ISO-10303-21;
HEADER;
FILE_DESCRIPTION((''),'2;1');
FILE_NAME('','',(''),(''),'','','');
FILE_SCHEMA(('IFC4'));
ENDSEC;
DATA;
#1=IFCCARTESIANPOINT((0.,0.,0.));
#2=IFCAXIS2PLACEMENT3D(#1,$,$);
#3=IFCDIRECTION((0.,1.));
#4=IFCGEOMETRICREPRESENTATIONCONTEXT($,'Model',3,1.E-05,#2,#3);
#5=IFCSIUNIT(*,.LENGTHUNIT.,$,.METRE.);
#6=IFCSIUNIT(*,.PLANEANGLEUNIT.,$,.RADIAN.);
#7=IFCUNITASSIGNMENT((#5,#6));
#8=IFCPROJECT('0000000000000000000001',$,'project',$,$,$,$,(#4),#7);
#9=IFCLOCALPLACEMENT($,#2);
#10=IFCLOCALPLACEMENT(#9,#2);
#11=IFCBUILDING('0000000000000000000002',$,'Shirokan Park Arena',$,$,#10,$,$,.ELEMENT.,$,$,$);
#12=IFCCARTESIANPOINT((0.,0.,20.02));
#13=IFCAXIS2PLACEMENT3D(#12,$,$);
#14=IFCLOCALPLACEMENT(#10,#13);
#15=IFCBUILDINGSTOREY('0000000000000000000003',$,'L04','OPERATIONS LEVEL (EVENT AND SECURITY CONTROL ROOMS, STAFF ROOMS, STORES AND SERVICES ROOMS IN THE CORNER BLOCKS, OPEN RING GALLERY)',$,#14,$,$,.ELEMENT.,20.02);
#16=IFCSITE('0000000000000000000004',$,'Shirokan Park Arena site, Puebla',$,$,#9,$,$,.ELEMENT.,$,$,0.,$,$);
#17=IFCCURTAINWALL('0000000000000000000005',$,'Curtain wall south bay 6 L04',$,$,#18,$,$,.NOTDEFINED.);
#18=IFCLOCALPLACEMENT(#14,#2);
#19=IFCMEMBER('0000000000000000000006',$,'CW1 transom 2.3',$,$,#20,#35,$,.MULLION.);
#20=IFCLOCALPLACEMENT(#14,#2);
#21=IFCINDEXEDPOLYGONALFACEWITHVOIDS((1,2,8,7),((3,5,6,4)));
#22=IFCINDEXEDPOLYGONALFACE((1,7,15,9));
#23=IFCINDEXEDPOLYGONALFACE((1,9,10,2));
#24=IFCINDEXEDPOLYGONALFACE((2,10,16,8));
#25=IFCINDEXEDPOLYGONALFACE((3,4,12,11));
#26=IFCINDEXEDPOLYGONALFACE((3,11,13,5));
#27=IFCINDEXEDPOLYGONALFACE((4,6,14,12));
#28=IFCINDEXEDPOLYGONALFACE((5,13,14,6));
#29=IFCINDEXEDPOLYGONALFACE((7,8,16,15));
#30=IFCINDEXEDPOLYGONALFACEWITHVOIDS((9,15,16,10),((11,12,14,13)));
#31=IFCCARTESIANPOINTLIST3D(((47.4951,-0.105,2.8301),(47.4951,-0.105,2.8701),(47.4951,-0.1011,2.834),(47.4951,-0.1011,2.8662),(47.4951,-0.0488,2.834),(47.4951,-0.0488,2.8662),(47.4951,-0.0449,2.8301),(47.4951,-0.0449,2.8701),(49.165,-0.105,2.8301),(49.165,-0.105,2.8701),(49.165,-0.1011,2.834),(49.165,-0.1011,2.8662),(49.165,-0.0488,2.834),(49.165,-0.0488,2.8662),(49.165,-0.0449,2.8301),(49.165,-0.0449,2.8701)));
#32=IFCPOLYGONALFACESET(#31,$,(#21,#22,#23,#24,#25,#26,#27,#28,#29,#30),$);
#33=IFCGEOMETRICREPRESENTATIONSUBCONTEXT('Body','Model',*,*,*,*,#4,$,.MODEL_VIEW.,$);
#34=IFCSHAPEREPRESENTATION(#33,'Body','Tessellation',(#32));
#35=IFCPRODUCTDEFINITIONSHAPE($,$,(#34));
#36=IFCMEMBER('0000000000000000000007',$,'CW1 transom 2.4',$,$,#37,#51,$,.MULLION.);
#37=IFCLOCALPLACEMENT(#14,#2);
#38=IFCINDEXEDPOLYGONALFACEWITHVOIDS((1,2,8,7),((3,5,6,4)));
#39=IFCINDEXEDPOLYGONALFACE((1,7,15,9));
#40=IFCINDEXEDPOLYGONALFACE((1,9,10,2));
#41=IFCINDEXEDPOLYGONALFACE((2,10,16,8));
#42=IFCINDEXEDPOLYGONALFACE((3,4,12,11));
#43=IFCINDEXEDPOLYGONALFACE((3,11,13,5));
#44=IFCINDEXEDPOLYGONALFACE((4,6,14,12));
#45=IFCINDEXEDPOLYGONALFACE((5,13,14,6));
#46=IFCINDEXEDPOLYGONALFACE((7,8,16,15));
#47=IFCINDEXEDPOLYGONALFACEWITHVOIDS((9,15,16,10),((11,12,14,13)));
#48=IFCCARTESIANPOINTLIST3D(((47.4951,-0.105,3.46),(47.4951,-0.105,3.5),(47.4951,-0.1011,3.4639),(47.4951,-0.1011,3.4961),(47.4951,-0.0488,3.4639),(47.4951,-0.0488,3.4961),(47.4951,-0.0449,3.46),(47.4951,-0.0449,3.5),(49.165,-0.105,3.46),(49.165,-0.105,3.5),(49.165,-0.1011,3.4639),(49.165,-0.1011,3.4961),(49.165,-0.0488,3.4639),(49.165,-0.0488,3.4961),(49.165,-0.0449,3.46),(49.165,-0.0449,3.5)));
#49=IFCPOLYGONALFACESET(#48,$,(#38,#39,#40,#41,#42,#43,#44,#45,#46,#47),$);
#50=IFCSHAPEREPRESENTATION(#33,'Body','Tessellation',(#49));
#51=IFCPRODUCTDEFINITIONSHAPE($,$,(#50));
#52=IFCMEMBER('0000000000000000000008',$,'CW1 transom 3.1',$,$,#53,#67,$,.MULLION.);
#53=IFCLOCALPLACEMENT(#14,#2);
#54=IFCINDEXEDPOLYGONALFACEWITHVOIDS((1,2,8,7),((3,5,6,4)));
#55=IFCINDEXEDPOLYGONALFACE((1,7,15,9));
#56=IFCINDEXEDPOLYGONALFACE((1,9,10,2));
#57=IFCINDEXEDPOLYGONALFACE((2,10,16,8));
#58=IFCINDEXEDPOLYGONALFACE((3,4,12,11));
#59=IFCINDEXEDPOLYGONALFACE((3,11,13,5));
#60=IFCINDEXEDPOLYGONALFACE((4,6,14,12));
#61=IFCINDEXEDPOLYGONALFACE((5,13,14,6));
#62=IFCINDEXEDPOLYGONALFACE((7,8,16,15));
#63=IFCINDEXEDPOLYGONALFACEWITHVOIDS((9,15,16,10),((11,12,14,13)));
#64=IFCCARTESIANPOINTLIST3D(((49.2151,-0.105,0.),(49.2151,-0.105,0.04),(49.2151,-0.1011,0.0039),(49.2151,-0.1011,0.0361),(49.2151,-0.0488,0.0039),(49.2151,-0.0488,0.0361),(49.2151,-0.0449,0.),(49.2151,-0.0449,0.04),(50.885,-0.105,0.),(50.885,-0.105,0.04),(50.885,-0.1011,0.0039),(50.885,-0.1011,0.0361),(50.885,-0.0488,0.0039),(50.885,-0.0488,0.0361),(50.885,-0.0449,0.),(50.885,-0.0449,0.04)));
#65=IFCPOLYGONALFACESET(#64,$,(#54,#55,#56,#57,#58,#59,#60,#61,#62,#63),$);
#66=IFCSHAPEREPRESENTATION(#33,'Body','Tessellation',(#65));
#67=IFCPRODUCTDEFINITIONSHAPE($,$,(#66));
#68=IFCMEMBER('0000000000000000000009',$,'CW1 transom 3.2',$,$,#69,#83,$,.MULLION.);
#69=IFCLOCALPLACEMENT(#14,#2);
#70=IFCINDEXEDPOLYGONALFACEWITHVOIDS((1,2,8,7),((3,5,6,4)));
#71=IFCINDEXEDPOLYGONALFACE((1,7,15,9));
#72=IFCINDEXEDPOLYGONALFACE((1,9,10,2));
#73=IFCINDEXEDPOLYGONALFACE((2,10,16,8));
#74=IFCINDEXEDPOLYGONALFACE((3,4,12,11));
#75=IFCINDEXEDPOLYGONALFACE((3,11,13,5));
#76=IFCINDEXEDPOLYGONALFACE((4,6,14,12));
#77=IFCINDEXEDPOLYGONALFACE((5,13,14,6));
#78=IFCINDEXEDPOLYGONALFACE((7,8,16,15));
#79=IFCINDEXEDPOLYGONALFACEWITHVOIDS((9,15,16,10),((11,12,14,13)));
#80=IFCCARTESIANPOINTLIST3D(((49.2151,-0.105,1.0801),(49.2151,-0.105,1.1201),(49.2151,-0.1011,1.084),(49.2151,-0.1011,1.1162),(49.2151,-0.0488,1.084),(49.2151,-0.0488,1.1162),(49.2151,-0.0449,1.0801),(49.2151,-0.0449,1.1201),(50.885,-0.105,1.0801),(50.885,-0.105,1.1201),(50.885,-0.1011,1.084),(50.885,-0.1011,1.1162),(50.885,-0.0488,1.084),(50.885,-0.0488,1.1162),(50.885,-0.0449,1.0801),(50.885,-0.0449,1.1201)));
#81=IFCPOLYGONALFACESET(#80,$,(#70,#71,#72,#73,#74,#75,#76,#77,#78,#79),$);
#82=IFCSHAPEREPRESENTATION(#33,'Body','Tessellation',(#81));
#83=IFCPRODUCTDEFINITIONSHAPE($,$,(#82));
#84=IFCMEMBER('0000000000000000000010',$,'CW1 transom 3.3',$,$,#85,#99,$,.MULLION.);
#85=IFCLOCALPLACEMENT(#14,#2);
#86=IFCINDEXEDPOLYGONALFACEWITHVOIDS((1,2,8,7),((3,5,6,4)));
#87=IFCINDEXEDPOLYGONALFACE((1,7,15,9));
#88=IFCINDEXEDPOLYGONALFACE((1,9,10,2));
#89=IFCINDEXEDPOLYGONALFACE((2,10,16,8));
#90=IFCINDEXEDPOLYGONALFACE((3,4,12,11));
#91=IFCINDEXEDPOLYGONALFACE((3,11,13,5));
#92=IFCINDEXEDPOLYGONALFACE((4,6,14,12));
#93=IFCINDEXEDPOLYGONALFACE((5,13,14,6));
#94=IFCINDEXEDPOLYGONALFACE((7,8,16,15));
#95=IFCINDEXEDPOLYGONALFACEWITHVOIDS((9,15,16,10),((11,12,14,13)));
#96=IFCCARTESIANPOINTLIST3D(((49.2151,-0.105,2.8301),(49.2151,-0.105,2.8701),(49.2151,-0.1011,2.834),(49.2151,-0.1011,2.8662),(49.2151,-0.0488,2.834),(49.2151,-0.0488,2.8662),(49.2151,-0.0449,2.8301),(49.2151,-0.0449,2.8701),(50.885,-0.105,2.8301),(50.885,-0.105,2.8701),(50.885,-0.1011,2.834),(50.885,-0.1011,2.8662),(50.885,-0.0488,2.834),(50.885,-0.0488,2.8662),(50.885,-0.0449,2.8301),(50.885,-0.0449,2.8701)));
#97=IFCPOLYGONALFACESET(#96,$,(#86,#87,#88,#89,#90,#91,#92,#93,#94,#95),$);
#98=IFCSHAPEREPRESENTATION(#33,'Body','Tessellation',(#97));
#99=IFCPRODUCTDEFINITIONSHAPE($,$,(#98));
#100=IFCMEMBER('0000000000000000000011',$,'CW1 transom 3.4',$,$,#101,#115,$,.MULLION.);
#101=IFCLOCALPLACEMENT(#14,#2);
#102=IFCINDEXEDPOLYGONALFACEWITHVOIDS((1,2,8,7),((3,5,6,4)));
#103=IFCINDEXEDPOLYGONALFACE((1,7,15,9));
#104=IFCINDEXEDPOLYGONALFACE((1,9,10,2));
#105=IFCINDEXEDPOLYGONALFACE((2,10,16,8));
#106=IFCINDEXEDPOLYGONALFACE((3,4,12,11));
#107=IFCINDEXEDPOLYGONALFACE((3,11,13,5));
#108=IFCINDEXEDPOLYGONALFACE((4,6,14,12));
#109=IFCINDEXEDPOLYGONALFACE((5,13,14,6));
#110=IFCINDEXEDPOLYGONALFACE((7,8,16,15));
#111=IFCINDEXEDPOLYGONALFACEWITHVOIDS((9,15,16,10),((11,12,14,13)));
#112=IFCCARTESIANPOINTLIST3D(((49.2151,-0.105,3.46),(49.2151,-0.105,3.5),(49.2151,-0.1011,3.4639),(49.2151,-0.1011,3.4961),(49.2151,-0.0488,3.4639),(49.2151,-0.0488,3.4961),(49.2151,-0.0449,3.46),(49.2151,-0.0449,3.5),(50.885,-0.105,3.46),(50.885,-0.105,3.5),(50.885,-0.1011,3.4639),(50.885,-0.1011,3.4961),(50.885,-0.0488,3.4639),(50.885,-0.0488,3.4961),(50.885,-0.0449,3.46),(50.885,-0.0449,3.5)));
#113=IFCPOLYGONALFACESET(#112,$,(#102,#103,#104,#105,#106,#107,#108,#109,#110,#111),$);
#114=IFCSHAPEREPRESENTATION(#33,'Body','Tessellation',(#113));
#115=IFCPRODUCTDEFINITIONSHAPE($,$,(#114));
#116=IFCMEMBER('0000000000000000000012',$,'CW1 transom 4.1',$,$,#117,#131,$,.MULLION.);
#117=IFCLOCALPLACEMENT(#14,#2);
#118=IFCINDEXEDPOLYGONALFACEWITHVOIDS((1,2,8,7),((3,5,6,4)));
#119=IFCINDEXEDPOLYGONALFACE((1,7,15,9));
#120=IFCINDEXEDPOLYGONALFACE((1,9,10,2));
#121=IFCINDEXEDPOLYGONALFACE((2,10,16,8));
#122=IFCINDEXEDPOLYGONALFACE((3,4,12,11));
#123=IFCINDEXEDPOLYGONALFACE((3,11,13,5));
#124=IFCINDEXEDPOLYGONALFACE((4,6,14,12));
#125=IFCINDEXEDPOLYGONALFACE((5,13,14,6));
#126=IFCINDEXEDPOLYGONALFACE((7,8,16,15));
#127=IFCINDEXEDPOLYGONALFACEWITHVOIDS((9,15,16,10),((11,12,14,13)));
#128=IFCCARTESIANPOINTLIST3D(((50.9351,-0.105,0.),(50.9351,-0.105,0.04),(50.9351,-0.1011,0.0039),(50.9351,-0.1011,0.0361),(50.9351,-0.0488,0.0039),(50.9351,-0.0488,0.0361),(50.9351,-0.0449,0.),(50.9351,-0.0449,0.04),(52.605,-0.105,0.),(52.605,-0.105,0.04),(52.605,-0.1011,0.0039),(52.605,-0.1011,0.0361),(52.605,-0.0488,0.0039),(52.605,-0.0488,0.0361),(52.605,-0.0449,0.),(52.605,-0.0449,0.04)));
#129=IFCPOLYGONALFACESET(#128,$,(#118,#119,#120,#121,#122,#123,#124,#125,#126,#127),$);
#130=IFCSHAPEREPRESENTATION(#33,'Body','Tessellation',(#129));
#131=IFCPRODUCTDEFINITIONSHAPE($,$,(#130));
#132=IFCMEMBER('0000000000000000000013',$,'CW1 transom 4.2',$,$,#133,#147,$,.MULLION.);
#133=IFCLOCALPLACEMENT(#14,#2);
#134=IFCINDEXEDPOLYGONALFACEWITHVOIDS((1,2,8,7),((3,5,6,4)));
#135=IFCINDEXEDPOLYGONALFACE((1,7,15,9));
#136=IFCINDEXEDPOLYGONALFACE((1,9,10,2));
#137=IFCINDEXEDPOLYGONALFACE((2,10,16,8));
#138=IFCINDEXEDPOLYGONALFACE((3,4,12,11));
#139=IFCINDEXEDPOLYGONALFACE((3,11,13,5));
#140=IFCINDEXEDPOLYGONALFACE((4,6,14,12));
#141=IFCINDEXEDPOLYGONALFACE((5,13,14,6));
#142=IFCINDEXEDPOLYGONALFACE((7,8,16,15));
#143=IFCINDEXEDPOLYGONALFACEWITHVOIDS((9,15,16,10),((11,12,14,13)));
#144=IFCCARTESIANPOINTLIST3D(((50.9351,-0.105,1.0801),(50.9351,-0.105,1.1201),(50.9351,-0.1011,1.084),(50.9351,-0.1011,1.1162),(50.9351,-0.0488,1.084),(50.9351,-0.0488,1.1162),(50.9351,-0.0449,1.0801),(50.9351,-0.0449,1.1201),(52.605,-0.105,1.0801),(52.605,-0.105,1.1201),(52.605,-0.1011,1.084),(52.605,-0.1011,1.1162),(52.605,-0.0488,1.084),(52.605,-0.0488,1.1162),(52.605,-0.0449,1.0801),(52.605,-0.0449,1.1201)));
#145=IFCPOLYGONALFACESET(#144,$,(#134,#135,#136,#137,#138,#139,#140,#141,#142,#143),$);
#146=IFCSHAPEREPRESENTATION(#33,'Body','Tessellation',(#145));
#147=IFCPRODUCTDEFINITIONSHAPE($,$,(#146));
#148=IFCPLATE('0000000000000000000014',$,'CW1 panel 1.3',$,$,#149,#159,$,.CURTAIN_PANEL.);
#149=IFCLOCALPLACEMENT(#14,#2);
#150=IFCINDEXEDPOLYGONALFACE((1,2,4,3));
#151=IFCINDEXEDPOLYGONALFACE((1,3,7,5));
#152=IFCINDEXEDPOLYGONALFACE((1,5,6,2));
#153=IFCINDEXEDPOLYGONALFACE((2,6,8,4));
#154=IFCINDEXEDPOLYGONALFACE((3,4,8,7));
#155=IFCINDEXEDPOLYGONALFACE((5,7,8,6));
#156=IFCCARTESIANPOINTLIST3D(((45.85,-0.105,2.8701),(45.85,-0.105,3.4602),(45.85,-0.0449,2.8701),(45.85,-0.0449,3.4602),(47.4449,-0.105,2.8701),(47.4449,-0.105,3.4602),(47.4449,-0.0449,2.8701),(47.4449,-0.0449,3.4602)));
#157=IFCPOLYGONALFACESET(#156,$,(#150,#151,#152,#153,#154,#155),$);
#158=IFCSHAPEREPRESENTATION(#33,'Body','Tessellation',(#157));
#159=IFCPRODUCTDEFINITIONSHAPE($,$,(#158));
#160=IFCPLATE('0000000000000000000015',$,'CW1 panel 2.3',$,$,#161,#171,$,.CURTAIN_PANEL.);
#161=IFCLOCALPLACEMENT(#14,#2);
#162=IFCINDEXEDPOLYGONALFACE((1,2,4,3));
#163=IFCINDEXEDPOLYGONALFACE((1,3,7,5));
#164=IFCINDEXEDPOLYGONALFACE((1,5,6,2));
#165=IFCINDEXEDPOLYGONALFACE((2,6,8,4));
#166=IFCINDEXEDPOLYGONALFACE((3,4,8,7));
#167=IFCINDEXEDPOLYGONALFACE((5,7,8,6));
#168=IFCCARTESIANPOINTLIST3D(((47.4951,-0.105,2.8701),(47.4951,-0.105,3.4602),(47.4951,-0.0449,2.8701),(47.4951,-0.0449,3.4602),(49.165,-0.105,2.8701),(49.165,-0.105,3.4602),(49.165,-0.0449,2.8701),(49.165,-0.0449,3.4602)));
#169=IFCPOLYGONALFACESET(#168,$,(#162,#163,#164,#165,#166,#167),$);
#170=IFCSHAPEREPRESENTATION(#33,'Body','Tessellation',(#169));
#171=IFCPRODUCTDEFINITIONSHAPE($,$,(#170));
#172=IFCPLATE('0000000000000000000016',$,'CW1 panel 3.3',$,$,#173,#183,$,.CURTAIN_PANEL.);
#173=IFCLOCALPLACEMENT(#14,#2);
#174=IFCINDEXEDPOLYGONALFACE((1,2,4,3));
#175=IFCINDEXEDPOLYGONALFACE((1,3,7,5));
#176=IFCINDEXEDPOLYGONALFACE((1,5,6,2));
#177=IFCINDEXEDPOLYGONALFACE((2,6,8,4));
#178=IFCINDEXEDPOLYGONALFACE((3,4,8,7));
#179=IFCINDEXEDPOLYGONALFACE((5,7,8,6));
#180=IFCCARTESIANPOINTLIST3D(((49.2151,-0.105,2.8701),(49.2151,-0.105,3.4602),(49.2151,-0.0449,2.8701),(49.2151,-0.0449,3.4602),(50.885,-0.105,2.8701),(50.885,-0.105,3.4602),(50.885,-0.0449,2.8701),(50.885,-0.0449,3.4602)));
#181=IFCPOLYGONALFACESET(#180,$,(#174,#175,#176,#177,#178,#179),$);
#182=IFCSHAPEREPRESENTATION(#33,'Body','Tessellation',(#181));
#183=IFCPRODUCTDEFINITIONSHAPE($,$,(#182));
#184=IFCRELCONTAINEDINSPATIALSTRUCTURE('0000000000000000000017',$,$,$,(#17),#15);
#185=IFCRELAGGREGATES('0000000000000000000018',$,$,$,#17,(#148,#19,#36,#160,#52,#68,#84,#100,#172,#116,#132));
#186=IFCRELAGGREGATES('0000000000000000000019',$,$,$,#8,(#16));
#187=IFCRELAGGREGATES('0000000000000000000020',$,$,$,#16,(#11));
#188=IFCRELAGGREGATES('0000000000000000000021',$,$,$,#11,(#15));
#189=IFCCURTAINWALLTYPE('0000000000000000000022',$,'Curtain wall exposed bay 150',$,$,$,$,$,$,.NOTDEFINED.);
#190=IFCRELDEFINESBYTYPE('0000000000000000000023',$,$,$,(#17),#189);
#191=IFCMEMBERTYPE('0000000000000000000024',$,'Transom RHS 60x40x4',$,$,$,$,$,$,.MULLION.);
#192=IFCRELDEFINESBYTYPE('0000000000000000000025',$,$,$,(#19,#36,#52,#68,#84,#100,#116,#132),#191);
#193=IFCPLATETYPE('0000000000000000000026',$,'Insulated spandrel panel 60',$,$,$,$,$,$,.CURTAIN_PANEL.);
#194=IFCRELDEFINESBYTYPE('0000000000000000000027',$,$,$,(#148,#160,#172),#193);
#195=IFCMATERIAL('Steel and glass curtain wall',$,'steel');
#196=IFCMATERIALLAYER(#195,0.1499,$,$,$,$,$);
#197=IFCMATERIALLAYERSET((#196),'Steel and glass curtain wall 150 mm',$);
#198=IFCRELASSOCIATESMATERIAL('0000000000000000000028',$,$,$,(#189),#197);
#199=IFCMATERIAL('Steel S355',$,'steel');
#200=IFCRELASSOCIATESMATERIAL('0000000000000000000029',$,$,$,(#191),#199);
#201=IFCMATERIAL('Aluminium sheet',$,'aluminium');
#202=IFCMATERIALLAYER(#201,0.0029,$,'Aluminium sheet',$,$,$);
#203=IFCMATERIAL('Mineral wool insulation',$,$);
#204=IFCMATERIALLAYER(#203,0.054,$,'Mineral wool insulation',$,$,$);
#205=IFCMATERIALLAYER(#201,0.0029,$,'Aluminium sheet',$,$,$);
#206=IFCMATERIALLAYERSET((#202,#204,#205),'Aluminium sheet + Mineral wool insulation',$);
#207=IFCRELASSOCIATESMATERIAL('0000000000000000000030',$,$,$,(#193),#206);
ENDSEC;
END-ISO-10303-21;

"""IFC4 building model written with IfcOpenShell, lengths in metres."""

from ifc_helpers import new_model, si_unit, direction, frame, origin, origin_2d, place, context, subcontext, project, spatial, rectangle, hollow_rectangle, extrude, material, layer, layer_set, material_profile, profile_set, type_object, element, aggregate, save


model = new_model("IFC4")

# Units and contexts
model_context = context("Model", 3, precision=1e-05, world=origin(), true_north=direction((0.0, 1.0)))
body_context = subcontext(model_context, "Body", "Model", "MODEL_VIEW")
ifc_project = project(units=[si_unit("LENGTHUNIT", "METRE"), si_unit("PLANEANGLEUNIT", "RADIAN")], contexts=[model_context])

# Site, building, storey
site_placement = place(None, origin())
site = spatial("IfcSite", under=ifc_project, at=site_placement, Name="Shirokan Park Arena site, Puebla", CompositionType="ELEMENT", RefElevation=0.0)
building_placement = place(site_placement, origin())
building = spatial("IfcBuilding", under=site, at=building_placement, Name="Shirokan Park Arena", CompositionType="ELEMENT")
storey_placement = place(building_placement, frame((0.0, 0.0, 20.02)))
storey = spatial("IfcBuildingStorey", under=building, at=storey_placement, Name="L04", Description="OPERATIONS LEVEL (EVENT AND SECURITY CONTROL ROOMS, STAFF ROOMS, STORES AND SERVICES ROOMS IN THE CORNER BLOCKS, OPEN RING GALLERY)", CompositionType="ELEMENT", Elevation=20.02)

# Curtain wall, members, plates
ifc_material_1 = material(Name="Steel and glass curtain wall", Category="steel")
ifc_layer_1 = layer(ifc_material_1, 0.1499)
ifc_layer_set_1 = layer_set([ifc_layer_1], Name="Steel and glass curtain wall 150 mm")
curtain_wall_type = type_object("IfcCurtainWallType", Name="Curtain wall exposed bay 150", PredefinedType="NOTDEFINED", material=ifc_layer_set_1)
curtain_wall_placement = place(storey_placement, origin())
curtain_wall = element("IfcCurtainWall", 1, at=curtain_wall_placement, inside=storey, type_object=curtain_wall_type, Name="Curtain wall south bay 6 L04", PredefinedType="NOTDEFINED")
ifc_material_2 = material(Name="Steel S355", Category="steel")
ifc_material_profile_1 = material_profile(ifc_material_2, hollow_rectangle(XDim=0.0601, YDim=0.04, WallThickness=0.0039, at=origin_2d()), Name="RHS 60x40x4")
ifc_profile_set_1 = profile_set([ifc_material_profile_1], Name="Steel S355")
member_type_1 = type_object("IfcMemberType", Name="Transom RHS 60x40x4", PredefinedType="MULLION", material=ifc_profile_set_1)
member_1_placement = place(storey_placement, frame((47.4951, -0.075, 2.8501), z_axis=(1.0, 0.0, 0.0), x_axis=(0.0, 1.0, 0.0)))
member_1 = element("IfcMember", 2, at=member_1_placement, type_object=member_type_1, Name="CW1 transom 2.3", PredefinedType="MULLION", context=body_context, shape_type="SweptSolid", body=[
    extrude(hollow_rectangle(XDim=0.0601, YDim=0.04, WallThickness=0.0039, at=origin_2d()), origin(), (0.0, 0.0, 1.0), 1.6699),
])
member_2_placement = place(storey_placement, frame((47.4951, -0.075, 3.48), z_axis=(1.0, 0.0, 0.0), x_axis=(0.0, 1.0, 0.0)))
member_2 = element("IfcMember", 3, at=member_2_placement, type_object=member_type_1, Name="CW1 transom 2.4", PredefinedType="MULLION", context=body_context, shape_type="SweptSolid", body=[
    extrude(hollow_rectangle(XDim=0.0601, YDim=0.04, WallThickness=0.0039, at=origin_2d()), origin(), (0.0, 0.0, 1.0), 1.6699),
])
member_3_placement = place(storey_placement, frame((49.2151, -0.075, 0.02), z_axis=(1.0, 0.0, 0.0), x_axis=(0.0, 1.0, 0.0)))
member_3 = element("IfcMember", 4, at=member_3_placement, type_object=member_type_1, Name="CW1 transom 3.1", PredefinedType="MULLION", context=body_context, shape_type="SweptSolid", body=[
    extrude(hollow_rectangle(XDim=0.0601, YDim=0.04, WallThickness=0.0039, at=origin_2d()), origin(), (0.0, 0.0, 1.0), 1.6699),
])
member_4_placement = place(storey_placement, frame((49.2151, -0.075, 1.1001), z_axis=(1.0, 0.0, 0.0), x_axis=(0.0, 1.0, 0.0)))
member_4 = element("IfcMember", 5, at=member_4_placement, type_object=member_type_1, Name="CW1 transom 3.2", PredefinedType="MULLION", context=body_context, shape_type="SweptSolid", body=[
    extrude(hollow_rectangle(XDim=0.0601, YDim=0.04, WallThickness=0.0039, at=origin_2d()), origin(), (0.0, 0.0, 1.0), 1.6699),
])
member_5_placement = place(storey_placement, frame((49.2151, -0.075, 2.8501), z_axis=(1.0, 0.0, 0.0), x_axis=(0.0, 1.0, 0.0)))
member_5 = element("IfcMember", 6, at=member_5_placement, type_object=member_type_1, Name="CW1 transom 3.3", PredefinedType="MULLION", context=body_context, shape_type="SweptSolid", body=[
    extrude(hollow_rectangle(XDim=0.0601, YDim=0.04, WallThickness=0.0039, at=origin_2d()), origin(), (0.0, 0.0, 1.0), 1.6699),
])
member_6_placement = place(storey_placement, frame((49.2151, -0.075, 3.48), z_axis=(1.0, 0.0, 0.0), x_axis=(0.0, 1.0, 0.0)))
member_6 = element("IfcMember", 7, at=member_6_placement, type_object=member_type_1, Name="CW1 transom 3.4", PredefinedType="MULLION", context=body_context, shape_type="SweptSolid", body=[
    extrude(hollow_rectangle(XDim=0.0601, YDim=0.04, WallThickness=0.0039, at=origin_2d()), origin(), (0.0, 0.0, 1.0), 1.6699),
])
member_7_placement = place(storey_placement, frame((50.9351, -0.075, 0.02), z_axis=(1.0, 0.0, 0.0), x_axis=(0.0, 1.0, 0.0)))
member_7 = element("IfcMember", 8, at=member_7_placement, type_object=member_type_1, Name="CW1 transom 4.1", PredefinedType="MULLION", context=body_context, shape_type="SweptSolid", body=[
    extrude(hollow_rectangle(XDim=0.0601, YDim=0.04, WallThickness=0.0039, at=origin_2d()), origin(), (0.0, 0.0, 1.0), 1.6699),
])
member_8_placement = place(storey_placement, frame((50.9351, -0.075, 1.1001), z_axis=(1.0, 0.0, 0.0), x_axis=(0.0, 1.0, 0.0)))
member_8 = element("IfcMember", 9, at=member_8_placement, type_object=member_type_1, Name="CW1 transom 4.2", PredefinedType="MULLION", context=body_context, shape_type="SweptSolid", body=[
    extrude(hollow_rectangle(XDim=0.0601, YDim=0.04, WallThickness=0.0039, at=origin_2d()), origin(), (0.0, 0.0, 1.0), 1.6699),
])
ifc_material_3 = material(Name="Aluminium sheet", Category="aluminium")
ifc_layer_2 = layer(ifc_material_3, 0.0029, Name="Aluminium sheet")
ifc_material_4 = material(Name="Mineral wool insulation")
ifc_layer_3 = layer(ifc_material_4, 0.054, Name="Mineral wool insulation")
ifc_layer_4 = layer(ifc_material_3, 0.0029, Name="Aluminium sheet")
ifc_layer_set_2 = layer_set([ifc_layer_2, ifc_layer_3, ifc_layer_4], Name="Aluminium sheet + Mineral wool insulation")
plate_type_1 = type_object("IfcPlateType", Name="Insulated spandrel panel 60", PredefinedType="CURTAIN_PANEL", material=ifc_layer_set_2)
plate_1_placement = place(storey_placement, frame((46.6475, -0.075, 2.8701), z_axis=(0.0, 0.0, 1.0), x_axis=(1.0, 0.0, 0.0)))
plate_1 = element("IfcPlate", 10, at=plate_1_placement, type_object=plate_type_1, Name="CW1 panel 1.3", PredefinedType="CURTAIN_PANEL", context=body_context, shape_type="SweptSolid", body=[
    extrude(rectangle(XDim=1.595, YDim=0.0601, at=origin_2d()), origin(), (0.0, 0.0, 1.0), 0.5901),
])
plate_2_placement = place(storey_placement, frame((48.3301, -0.075, 2.8701), z_axis=(0.0, 0.0, 1.0), x_axis=(1.0, 0.0, 0.0)))
plate_2 = element("IfcPlate", 11, at=plate_2_placement, type_object=plate_type_1, Name="CW1 panel 2.3", PredefinedType="CURTAIN_PANEL", context=body_context, shape_type="SweptSolid", body=[
    extrude(rectangle(XDim=1.6699, YDim=0.0601, at=origin_2d()), origin(), (0.0, 0.0, 1.0), 0.5901),
])
plate_3_placement = place(storey_placement, frame((50.05, -0.075, 2.8701), z_axis=(0.0, 0.0, 1.0), x_axis=(1.0, 0.0, 0.0)))
plate_3 = element("IfcPlate", 12, at=plate_3_placement, type_object=plate_type_1, Name="CW1 panel 3.3", PredefinedType="CURTAIN_PANEL", context=body_context, shape_type="SweptSolid", body=[
    extrude(rectangle(XDim=1.6699, YDim=0.0601, at=origin_2d()), origin(), (0.0, 0.0, 1.0), 0.5901),
])
aggregate(curtain_wall, [plate_1, member_1, member_2, plate_2, member_3, member_4, member_5, member_6, plate_3, member_7, member_8])

save(model, "model.ifc")
